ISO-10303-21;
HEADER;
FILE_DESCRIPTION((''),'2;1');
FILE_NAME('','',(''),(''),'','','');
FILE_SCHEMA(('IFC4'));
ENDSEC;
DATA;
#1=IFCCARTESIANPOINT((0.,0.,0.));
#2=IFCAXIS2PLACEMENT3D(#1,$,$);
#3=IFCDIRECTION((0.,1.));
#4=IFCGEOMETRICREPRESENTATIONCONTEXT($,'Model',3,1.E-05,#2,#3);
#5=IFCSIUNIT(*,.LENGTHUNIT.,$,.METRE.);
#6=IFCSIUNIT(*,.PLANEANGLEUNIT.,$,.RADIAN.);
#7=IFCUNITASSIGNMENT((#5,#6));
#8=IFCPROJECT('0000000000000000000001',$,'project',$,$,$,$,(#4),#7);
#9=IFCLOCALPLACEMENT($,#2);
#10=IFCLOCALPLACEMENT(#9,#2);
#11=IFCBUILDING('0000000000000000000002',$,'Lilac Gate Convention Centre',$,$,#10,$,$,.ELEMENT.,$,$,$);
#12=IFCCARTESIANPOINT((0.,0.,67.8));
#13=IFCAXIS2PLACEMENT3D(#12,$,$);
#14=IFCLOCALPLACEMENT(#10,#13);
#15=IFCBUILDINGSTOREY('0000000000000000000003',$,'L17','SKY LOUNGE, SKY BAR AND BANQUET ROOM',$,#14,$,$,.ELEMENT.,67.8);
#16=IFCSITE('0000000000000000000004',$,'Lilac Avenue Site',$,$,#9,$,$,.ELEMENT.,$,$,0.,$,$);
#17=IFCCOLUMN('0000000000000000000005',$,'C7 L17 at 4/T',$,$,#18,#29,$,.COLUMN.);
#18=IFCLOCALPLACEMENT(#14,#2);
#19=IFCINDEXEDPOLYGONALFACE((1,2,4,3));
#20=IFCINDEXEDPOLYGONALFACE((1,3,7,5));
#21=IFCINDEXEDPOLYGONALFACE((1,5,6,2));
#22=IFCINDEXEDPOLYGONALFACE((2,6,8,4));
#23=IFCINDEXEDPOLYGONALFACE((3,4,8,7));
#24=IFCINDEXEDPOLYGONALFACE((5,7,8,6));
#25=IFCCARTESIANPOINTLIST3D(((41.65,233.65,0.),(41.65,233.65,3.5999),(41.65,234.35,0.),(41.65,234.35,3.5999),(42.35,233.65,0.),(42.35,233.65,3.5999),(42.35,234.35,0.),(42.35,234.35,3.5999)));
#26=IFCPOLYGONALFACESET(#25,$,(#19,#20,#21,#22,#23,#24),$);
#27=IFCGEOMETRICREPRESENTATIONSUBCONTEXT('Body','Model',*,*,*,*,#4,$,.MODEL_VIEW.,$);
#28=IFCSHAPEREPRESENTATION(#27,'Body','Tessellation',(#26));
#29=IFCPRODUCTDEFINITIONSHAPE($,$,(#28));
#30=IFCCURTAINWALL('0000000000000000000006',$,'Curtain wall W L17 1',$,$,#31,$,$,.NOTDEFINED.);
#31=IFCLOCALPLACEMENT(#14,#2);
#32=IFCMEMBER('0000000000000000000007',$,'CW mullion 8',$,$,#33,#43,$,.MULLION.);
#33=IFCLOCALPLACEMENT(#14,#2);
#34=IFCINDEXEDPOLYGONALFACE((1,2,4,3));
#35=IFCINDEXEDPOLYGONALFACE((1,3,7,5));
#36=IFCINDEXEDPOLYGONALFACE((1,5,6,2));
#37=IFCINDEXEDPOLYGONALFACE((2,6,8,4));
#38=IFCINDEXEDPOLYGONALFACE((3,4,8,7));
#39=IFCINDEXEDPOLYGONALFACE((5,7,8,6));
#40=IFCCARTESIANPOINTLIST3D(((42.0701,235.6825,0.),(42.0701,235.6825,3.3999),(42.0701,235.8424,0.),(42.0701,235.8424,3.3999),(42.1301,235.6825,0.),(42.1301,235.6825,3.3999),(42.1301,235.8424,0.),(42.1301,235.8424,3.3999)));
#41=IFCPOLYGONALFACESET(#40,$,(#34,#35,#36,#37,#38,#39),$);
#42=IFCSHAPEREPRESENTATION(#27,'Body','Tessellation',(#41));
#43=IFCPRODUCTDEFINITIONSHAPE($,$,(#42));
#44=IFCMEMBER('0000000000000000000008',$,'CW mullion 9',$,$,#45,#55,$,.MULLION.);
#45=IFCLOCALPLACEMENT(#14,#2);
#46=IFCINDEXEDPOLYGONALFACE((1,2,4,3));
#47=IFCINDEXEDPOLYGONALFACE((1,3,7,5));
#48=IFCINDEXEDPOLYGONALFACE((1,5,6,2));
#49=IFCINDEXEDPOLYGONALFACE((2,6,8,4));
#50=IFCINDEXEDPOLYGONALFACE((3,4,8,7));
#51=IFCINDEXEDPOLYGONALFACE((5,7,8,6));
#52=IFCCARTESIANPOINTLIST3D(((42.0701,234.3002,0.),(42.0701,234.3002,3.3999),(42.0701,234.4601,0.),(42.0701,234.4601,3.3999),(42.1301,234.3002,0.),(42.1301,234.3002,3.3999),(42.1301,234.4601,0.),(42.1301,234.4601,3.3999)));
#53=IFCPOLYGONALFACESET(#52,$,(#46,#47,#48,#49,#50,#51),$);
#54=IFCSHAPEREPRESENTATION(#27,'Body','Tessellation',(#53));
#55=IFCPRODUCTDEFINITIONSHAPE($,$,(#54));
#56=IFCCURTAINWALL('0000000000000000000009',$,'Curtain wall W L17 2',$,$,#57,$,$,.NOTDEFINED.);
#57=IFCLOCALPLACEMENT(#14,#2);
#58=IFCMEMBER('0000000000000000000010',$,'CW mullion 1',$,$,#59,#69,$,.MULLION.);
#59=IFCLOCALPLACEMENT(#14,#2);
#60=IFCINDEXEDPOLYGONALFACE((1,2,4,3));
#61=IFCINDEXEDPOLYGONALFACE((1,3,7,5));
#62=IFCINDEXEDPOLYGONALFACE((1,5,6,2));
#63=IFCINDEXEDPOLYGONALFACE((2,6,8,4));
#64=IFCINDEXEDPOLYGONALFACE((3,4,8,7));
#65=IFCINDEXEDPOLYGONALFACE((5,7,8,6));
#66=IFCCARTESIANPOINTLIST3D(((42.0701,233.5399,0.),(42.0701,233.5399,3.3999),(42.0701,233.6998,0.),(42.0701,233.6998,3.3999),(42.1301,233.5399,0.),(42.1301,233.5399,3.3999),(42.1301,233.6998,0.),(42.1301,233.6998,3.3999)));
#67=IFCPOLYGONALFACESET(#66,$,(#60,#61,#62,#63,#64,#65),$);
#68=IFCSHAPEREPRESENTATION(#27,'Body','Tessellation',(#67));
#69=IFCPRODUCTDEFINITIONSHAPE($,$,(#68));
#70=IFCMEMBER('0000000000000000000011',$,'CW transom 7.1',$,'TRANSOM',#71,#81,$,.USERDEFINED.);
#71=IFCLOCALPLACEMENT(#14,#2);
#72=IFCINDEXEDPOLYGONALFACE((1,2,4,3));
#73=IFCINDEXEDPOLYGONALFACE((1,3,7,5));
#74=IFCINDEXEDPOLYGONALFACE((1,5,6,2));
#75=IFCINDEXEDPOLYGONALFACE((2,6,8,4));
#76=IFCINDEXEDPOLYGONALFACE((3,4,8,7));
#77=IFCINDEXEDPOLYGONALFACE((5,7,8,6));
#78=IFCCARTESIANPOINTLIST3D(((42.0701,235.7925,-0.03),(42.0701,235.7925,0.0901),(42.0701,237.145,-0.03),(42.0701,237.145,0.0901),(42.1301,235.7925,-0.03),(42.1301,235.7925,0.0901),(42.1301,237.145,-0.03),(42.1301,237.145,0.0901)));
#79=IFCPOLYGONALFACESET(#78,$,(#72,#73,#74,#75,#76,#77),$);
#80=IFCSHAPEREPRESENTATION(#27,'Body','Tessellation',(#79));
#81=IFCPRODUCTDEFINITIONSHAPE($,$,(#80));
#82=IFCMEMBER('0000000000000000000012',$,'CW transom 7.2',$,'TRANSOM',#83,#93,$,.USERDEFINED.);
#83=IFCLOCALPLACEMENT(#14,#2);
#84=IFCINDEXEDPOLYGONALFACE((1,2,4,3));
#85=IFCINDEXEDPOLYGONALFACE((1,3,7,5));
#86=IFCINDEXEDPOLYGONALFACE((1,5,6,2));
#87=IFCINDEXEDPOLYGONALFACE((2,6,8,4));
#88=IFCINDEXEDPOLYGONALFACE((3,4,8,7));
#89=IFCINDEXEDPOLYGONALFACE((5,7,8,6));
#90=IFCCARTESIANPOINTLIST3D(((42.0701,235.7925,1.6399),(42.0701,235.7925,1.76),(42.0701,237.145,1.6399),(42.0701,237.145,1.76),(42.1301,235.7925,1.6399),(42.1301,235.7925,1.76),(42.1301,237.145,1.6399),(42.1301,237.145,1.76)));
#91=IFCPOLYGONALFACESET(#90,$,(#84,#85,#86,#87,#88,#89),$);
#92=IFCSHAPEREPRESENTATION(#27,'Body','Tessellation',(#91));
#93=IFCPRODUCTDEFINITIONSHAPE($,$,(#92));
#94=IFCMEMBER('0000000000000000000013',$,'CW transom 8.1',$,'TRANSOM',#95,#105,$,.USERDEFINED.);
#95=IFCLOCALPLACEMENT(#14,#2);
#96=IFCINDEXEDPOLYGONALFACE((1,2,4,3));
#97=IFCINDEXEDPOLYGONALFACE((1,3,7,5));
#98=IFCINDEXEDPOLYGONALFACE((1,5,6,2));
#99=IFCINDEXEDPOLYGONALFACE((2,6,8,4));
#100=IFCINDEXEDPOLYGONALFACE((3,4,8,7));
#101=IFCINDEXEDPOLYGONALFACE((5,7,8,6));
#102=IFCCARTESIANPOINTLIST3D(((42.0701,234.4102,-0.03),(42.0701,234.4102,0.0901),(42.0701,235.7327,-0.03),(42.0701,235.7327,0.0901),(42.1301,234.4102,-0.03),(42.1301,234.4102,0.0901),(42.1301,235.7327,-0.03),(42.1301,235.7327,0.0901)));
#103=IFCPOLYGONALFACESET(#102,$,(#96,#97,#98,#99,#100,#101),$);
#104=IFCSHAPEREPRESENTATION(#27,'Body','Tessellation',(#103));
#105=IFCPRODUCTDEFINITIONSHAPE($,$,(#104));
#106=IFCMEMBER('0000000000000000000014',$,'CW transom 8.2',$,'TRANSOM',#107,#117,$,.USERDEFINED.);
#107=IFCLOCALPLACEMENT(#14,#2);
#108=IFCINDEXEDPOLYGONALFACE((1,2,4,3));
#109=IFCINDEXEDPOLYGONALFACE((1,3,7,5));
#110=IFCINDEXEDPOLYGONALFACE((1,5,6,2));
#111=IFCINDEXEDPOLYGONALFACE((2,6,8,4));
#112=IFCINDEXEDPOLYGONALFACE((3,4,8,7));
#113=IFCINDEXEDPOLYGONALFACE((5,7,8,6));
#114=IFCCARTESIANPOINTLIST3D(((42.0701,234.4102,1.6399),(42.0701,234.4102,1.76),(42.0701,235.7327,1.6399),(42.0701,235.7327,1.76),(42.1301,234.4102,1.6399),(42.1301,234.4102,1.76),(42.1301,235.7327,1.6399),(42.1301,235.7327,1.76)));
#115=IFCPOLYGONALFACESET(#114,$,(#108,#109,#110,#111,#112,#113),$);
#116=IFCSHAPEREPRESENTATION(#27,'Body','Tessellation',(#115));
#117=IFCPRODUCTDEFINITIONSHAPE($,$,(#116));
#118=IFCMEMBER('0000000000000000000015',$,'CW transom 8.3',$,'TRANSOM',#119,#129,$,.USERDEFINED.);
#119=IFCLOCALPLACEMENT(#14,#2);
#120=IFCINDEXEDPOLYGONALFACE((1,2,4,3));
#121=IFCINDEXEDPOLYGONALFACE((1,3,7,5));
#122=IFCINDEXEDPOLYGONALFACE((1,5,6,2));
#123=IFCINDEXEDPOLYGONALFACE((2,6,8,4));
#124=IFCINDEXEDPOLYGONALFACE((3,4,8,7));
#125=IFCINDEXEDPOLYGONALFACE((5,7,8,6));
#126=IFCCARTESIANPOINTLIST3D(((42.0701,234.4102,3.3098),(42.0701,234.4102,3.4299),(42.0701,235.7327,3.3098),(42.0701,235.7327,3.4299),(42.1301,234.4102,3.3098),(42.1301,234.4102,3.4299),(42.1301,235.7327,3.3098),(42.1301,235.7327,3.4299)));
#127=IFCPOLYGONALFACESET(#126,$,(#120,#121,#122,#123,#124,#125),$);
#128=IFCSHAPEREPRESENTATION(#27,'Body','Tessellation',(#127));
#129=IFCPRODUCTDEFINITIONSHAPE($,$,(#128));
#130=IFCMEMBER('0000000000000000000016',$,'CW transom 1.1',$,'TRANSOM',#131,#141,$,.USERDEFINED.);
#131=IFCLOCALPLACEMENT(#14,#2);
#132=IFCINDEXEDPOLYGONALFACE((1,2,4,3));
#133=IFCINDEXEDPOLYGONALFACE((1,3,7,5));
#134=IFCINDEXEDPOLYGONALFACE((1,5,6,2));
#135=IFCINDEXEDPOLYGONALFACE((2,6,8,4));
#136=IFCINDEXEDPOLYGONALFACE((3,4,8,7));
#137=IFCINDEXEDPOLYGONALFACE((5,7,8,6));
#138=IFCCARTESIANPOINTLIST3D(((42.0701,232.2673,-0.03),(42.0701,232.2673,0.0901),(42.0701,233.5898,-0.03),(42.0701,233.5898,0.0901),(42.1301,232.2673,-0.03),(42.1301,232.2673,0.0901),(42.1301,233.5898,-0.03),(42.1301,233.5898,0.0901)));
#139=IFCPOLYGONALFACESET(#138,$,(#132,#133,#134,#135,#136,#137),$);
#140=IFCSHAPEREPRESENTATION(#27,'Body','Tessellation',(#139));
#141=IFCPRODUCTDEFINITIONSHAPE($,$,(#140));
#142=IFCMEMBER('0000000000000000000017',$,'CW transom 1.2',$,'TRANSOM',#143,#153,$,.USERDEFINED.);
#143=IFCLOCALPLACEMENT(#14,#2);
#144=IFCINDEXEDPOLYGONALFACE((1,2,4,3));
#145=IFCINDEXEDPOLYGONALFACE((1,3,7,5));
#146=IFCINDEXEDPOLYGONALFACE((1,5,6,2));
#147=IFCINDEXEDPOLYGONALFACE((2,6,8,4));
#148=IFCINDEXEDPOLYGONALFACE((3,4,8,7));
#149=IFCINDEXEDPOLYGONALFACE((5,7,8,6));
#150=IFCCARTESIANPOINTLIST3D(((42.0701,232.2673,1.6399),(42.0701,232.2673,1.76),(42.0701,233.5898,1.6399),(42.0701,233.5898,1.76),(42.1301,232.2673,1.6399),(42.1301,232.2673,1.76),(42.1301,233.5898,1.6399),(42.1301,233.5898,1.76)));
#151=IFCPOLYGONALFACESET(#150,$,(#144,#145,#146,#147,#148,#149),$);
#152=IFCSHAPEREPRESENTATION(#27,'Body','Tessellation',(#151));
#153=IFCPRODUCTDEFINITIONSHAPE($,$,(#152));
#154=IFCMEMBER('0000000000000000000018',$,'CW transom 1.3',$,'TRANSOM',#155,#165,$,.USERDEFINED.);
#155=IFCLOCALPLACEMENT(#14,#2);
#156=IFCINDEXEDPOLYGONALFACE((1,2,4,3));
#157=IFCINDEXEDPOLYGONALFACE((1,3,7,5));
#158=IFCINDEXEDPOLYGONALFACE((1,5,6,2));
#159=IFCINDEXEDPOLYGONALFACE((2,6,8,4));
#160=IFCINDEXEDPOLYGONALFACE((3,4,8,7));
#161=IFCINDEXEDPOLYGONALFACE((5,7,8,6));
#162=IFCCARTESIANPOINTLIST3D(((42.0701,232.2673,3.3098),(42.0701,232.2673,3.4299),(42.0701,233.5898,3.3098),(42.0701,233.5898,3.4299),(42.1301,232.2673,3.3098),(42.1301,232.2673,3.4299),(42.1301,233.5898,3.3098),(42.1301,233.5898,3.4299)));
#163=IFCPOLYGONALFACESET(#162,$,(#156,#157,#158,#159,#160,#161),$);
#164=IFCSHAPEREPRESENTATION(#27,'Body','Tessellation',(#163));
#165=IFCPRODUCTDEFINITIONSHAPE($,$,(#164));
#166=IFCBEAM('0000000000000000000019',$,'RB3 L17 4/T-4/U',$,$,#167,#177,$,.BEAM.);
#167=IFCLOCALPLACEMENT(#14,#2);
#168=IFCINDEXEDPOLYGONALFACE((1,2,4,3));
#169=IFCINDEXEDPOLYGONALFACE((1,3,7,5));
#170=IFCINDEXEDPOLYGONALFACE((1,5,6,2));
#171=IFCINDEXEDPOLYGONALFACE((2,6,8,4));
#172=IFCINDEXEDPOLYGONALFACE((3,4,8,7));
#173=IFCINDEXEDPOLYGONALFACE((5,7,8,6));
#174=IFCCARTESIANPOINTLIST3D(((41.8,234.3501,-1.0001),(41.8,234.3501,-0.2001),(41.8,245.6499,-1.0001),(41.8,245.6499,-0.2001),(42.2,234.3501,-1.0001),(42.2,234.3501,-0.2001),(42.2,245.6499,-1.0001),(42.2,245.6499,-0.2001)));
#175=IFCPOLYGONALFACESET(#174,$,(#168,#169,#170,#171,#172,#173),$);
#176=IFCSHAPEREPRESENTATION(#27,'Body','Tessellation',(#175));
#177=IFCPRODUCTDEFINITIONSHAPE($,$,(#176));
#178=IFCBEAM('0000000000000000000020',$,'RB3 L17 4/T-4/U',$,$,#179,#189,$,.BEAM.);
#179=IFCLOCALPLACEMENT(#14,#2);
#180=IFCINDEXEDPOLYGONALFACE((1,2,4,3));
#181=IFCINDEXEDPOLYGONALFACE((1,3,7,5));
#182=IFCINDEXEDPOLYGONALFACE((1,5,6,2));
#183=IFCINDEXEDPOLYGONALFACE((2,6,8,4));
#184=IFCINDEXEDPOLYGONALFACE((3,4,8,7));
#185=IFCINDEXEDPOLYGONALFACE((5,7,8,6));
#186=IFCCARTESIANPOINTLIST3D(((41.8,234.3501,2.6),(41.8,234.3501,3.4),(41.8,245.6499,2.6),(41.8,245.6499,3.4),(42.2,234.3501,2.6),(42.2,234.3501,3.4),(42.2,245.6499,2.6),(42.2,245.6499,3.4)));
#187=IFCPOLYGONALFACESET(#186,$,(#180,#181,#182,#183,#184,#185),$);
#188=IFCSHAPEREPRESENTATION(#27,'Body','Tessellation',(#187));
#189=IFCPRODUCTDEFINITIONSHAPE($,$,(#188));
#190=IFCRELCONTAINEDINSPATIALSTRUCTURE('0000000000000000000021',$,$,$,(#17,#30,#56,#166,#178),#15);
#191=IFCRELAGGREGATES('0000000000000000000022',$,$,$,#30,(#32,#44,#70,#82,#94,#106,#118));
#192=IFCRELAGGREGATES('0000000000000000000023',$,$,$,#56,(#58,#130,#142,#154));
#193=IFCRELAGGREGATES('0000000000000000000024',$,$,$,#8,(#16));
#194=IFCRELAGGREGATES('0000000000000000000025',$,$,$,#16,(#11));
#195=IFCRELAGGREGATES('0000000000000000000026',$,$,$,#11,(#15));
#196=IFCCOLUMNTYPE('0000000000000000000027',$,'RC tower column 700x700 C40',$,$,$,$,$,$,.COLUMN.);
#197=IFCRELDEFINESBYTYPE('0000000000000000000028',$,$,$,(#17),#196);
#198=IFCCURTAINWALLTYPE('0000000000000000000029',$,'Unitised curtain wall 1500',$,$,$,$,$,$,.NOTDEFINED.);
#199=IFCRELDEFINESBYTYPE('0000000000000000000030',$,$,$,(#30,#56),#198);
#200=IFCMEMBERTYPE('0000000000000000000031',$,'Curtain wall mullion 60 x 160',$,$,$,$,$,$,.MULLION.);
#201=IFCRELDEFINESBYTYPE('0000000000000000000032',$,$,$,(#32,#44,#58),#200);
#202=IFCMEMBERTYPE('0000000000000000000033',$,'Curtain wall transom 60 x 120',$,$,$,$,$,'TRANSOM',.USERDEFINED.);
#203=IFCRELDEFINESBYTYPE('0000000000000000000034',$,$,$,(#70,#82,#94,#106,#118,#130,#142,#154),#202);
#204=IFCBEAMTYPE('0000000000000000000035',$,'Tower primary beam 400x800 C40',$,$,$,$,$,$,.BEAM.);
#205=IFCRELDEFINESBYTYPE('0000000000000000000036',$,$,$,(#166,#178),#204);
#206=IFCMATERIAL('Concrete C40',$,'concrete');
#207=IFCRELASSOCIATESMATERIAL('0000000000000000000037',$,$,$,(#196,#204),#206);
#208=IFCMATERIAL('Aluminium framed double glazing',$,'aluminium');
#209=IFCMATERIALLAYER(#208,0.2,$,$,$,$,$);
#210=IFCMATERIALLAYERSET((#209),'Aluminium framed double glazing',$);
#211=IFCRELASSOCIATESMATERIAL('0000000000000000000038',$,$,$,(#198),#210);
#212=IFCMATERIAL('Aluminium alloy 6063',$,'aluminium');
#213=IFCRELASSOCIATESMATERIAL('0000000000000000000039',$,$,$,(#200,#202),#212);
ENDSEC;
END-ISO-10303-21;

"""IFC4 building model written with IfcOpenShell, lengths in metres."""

from ifc_helpers import new_model, si_unit, direction, frame, origin, origin_2d, place, context, subcontext, project, spatial, rectangle, extrude, material, layer, layer_set, material_profile, profile_set, type_object, element, aggregate, save


model = new_model("IFC4")

# Units and contexts
model_context = context("Model", 3, precision=1e-05, world=origin(), true_north=direction((0.0, 1.0)))
body_context = subcontext(model_context, "Body", "Model", "MODEL_VIEW")
ifc_project = project(units=[si_unit("LENGTHUNIT", "METRE"), si_unit("PLANEANGLEUNIT", "RADIAN")], contexts=[model_context])

# Site, building, storey
site_placement = place(None, origin())
site = spatial("IfcSite", under=ifc_project, at=site_placement, Name="Lilac Avenue Site", CompositionType="ELEMENT", RefElevation=0.0)
building_placement = place(site_placement, origin())
building = spatial("IfcBuilding", under=site, at=building_placement, Name="Lilac Gate Convention Centre", CompositionType="ELEMENT")
storey_placement = place(building_placement, frame((0.0, 0.0, 67.8)))
storey = spatial("IfcBuildingStorey", under=building, at=storey_placement, Name="L17", Description="SKY LOUNGE, SKY BAR AND BANQUET ROOM", CompositionType="ELEMENT", Elevation=67.8)

# Column
ifc_material_1 = material(Name="Concrete C40", Category="concrete")
ifc_material_profile_1 = material_profile(ifc_material_1, rectangle(XDim=0.7, YDim=0.7, at=origin_2d()), Name="RC 700x700")
ifc_profile_set_1 = profile_set([ifc_material_profile_1], Name="Concrete C40")
column_type = type_object("IfcColumnType", Name="RC tower column 700x700 C40", PredefinedType="COLUMN", material=ifc_profile_set_1)
column_placement = place(storey_placement, frame((42.0, 234.0, 0.0), z_axis=(0.0, 0.0, 1.0), x_axis=(1.0, 0.0, 0.0)))
element("IfcColumn", 1, at=column_placement, inside=storey, type_object=column_type, Name="C7 L17 at 4/T", PredefinedType="COLUMN", context=body_context, shape_type="SweptSolid", body=[
    extrude(rectangle(XDim=0.7, YDim=0.7, at=origin_2d()), origin(), (0.0, 0.0, 1.0), 3.5999),
])

# Curtain wall, members
ifc_material_2 = material(Name="Aluminium framed double glazing", Category="aluminium")
ifc_layer_1 = layer(ifc_material_2, 0.2)
ifc_layer_set_1 = layer_set([ifc_layer_1], Name="Aluminium framed double glazing")
curtain_wall_type = type_object("IfcCurtainWallType", Name="Unitised curtain wall 1500", PredefinedType="NOTDEFINED", material=ifc_layer_set_1)
curtain_wall_1_placement = place(storey_placement, origin())
curtain_wall_1 = element("IfcCurtainWall", 2, at=curtain_wall_1_placement, inside=storey, type_object=curtain_wall_type, Name="Curtain wall W L17 1", PredefinedType="NOTDEFINED")
ifc_material_3 = material(Name="Aluminium alloy 6063", Category="aluminium")
ifc_material_profile_2 = material_profile(ifc_material_3, rectangle(XDim=0.0601, YDim=0.1599, at=origin_2d()), Name="Curtain wall mullion 60 x 160")
ifc_profile_set_2 = profile_set([ifc_material_profile_2], Name="Aluminium alloy 6063")
member_type_1 = type_object("IfcMemberType", Name="Curtain wall mullion 60 x 160", PredefinedType="MULLION", material=ifc_profile_set_2)
member_1_placement = place(storey_placement, frame((42.1001, 235.7625, 0.0), z_axis=(0.0, 0.0, 1.0), x_axis=(1.0, 0.0, 0.0)))
member_1 = element("IfcMember", 3, at=member_1_placement, type_object=member_type_1, Name="CW mullion 8", PredefinedType="MULLION", context=body_context, shape_type="SweptSolid", body=[
    extrude(rectangle(XDim=0.0601, YDim=0.1599, at=origin_2d()), origin(), (0.0, 0.0, 1.0), 3.3999),
])
member_2_placement = place(storey_placement, frame((42.1001, 234.3801, 0.0), z_axis=(0.0, 0.0, 1.0), x_axis=(1.0, 0.0, 0.0)))
member_2 = element("IfcMember", 4, at=member_2_placement, type_object=member_type_1, Name="CW mullion 9", PredefinedType="MULLION", context=body_context, shape_type="SweptSolid", body=[
    extrude(rectangle(XDim=0.0601, YDim=0.1599, at=origin_2d()), origin(), (0.0, 0.0, 1.0), 3.3999),
])

# Curtain wall, member
curtain_wall_2_placement = place(storey_placement, origin())
curtain_wall_2 = element("IfcCurtainWall", 5, at=curtain_wall_2_placement, inside=storey, type_object=curtain_wall_type, Name="Curtain wall W L17 2", PredefinedType="NOTDEFINED")
member_3_placement = place(storey_placement, frame((42.1001, 233.6199, 0.0), z_axis=(0.0, 0.0, 1.0), x_axis=(1.0, 0.0, 0.0)))
member_3 = element("IfcMember", 6, at=member_3_placement, type_object=member_type_1, Name="CW mullion 1", PredefinedType="MULLION", context=body_context, shape_type="SweptSolid", body=[
    extrude(rectangle(XDim=0.0601, YDim=0.1599, at=origin_2d()), origin(), (0.0, 0.0, 1.0), 3.3999),
])

# Members
ifc_material_profile_3 = material_profile(ifc_material_3, rectangle(XDim=0.0601, YDim=0.1201, at=origin_2d()), Name="Curtain wall transom 60 x 120")
ifc_profile_set_3 = profile_set([ifc_material_profile_3], Name="Aluminium alloy 6063")
member_type_2 = type_object("IfcMemberType", Name="Curtain wall transom 60 x 120", ElementType="TRANSOM", PredefinedType="USERDEFINED", material=ifc_profile_set_3)
member_4_placement = place(storey_placement, frame((42.1001, 237.145, 0.03), z_axis=(0.0, -1.0, 0.0), x_axis=(1.0, 0.0, 0.0)))
member_4 = element("IfcMember", 7, at=member_4_placement, type_object=member_type_2, Name="CW transom 7.1", ObjectType="TRANSOM", PredefinedType="USERDEFINED", context=body_context, shape_type="SweptSolid", body=[
    extrude(rectangle(XDim=0.0601, YDim=0.1201, at=origin_2d()), origin(), (0.0, 0.0, 1.0), 1.3525),
])
member_5_placement = place(storey_placement, frame((42.1001, 237.145, 1.7), z_axis=(0.0, -1.0, 0.0), x_axis=(1.0, 0.0, 0.0)))
member_5 = element("IfcMember", 8, at=member_5_placement, type_object=member_type_2, Name="CW transom 7.2", ObjectType="TRANSOM", PredefinedType="USERDEFINED", context=body_context, shape_type="SweptSolid", body=[
    extrude(rectangle(XDim=0.0601, YDim=0.1201, at=origin_2d()), origin(), (0.0, 0.0, 1.0), 1.3525),
])
member_6_placement = place(storey_placement, frame((42.1001, 235.7327, 0.03), z_axis=(0.0, -1.0, 0.0), x_axis=(1.0, 0.0, 0.0)))
member_6 = element("IfcMember", 9, at=member_6_placement, type_object=member_type_2, Name="CW transom 8.1", ObjectType="TRANSOM", PredefinedType="USERDEFINED", context=body_context, shape_type="SweptSolid", body=[
    extrude(rectangle(XDim=0.0601, YDim=0.1201, at=origin_2d()), origin(), (0.0, 0.0, 1.0), 1.3225),
])
member_7_placement = place(storey_placement, frame((42.1001, 235.7327, 1.7), z_axis=(0.0, -1.0, 0.0), x_axis=(1.0, 0.0, 0.0)))
member_7 = element("IfcMember", 10, at=member_7_placement, type_object=member_type_2, Name="CW transom 8.2", ObjectType="TRANSOM", PredefinedType="USERDEFINED", context=body_context, shape_type="SweptSolid", body=[
    extrude(rectangle(XDim=0.0601, YDim=0.1201, at=origin_2d()), origin(), (0.0, 0.0, 1.0), 1.3225),
])
member_8_placement = place(storey_placement, frame((42.1001, 235.7327, 3.3699), z_axis=(0.0, -1.0, 0.0), x_axis=(1.0, 0.0, 0.0)))
member_8 = element("IfcMember", 11, at=member_8_placement, type_object=member_type_2, Name="CW transom 8.3", ObjectType="TRANSOM", PredefinedType="USERDEFINED", context=body_context, shape_type="SweptSolid", body=[
    extrude(rectangle(XDim=0.0601, YDim=0.1201, at=origin_2d()), origin(), (0.0, 0.0, 1.0), 1.3225),
])
member_9_placement = place(storey_placement, frame((42.1001, 233.5898, 0.03), z_axis=(0.0, -1.0, 0.0), x_axis=(1.0, 0.0, 0.0)))
member_9 = element("IfcMember", 12, at=member_9_placement, type_object=member_type_2, Name="CW transom 1.1", ObjectType="TRANSOM", PredefinedType="USERDEFINED", context=body_context, shape_type="SweptSolid", body=[
    extrude(rectangle(XDim=0.0601, YDim=0.1201, at=origin_2d()), origin(), (0.0, 0.0, 1.0), 1.3225),
])
member_10_placement = place(storey_placement, frame((42.1001, 233.5898, 1.7), z_axis=(0.0, -1.0, 0.0), x_axis=(1.0, 0.0, 0.0)))
member_10 = element("IfcMember", 13, at=member_10_placement, type_object=member_type_2, Name="CW transom 1.2", ObjectType="TRANSOM", PredefinedType="USERDEFINED", context=body_context, shape_type="SweptSolid", body=[
    extrude(rectangle(XDim=0.0601, YDim=0.1201, at=origin_2d()), origin(), (0.0, 0.0, 1.0), 1.3225),
])
member_11_placement = place(storey_placement, frame((42.1001, 233.5898, 3.3699), z_axis=(0.0, -1.0, 0.0), x_axis=(1.0, 0.0, 0.0)))
member_11 = element("IfcMember", 14, at=member_11_placement, type_object=member_type_2, Name="CW transom 1.3", ObjectType="TRANSOM", PredefinedType="USERDEFINED", context=body_context, shape_type="SweptSolid", body=[
    extrude(rectangle(XDim=0.0601, YDim=0.1201, at=origin_2d()), origin(), (0.0, 0.0, 1.0), 1.3225),
])

# Beams
ifc_material_profile_4 = material_profile(ifc_material_1, rectangle(XDim=0.3999, YDim=0.8, at=origin_2d()), Name="RC 400x800")
ifc_profile_set_4 = profile_set([ifc_material_profile_4], Name="Concrete C40")
beam_type = type_object("IfcBeamType", Name="Tower primary beam 400x800 C40", PredefinedType="BEAM", material=ifc_profile_set_4)
for number, where, z_axis, x_axis, name in (
    (15, (42.0, 234.3501, -0.6001), (0.0, 1.0, 0.0), (-1.0, 0.0, 0.0), "RB3 L17 4/T-4/U"),
    (16, (42.0, 234.3501, 3.0), (0.0, 1.0, 0.0), (-1.0, 0.0, 0.0), "RB3 L17 4/T-4/U"),
):
    element("IfcBeam", number, at=place(storey_placement, frame(where, z_axis=z_axis, x_axis=x_axis)), inside=storey, type_object=beam_type, Name=name, PredefinedType="BEAM", context=body_context, shape_type="SweptSolid", body=[
        extrude(rectangle(XDim=0.3999, YDim=0.8, at=origin_2d()), origin(), (0.0, 0.0, 1.0), 11.2998),
    ])

aggregate(curtain_wall_1, [member_1, member_2, member_4, member_5, member_6, member_7, member_8])
aggregate(curtain_wall_2, [member_3, member_9, member_10, member_11])

save(model, "model.ifc")
